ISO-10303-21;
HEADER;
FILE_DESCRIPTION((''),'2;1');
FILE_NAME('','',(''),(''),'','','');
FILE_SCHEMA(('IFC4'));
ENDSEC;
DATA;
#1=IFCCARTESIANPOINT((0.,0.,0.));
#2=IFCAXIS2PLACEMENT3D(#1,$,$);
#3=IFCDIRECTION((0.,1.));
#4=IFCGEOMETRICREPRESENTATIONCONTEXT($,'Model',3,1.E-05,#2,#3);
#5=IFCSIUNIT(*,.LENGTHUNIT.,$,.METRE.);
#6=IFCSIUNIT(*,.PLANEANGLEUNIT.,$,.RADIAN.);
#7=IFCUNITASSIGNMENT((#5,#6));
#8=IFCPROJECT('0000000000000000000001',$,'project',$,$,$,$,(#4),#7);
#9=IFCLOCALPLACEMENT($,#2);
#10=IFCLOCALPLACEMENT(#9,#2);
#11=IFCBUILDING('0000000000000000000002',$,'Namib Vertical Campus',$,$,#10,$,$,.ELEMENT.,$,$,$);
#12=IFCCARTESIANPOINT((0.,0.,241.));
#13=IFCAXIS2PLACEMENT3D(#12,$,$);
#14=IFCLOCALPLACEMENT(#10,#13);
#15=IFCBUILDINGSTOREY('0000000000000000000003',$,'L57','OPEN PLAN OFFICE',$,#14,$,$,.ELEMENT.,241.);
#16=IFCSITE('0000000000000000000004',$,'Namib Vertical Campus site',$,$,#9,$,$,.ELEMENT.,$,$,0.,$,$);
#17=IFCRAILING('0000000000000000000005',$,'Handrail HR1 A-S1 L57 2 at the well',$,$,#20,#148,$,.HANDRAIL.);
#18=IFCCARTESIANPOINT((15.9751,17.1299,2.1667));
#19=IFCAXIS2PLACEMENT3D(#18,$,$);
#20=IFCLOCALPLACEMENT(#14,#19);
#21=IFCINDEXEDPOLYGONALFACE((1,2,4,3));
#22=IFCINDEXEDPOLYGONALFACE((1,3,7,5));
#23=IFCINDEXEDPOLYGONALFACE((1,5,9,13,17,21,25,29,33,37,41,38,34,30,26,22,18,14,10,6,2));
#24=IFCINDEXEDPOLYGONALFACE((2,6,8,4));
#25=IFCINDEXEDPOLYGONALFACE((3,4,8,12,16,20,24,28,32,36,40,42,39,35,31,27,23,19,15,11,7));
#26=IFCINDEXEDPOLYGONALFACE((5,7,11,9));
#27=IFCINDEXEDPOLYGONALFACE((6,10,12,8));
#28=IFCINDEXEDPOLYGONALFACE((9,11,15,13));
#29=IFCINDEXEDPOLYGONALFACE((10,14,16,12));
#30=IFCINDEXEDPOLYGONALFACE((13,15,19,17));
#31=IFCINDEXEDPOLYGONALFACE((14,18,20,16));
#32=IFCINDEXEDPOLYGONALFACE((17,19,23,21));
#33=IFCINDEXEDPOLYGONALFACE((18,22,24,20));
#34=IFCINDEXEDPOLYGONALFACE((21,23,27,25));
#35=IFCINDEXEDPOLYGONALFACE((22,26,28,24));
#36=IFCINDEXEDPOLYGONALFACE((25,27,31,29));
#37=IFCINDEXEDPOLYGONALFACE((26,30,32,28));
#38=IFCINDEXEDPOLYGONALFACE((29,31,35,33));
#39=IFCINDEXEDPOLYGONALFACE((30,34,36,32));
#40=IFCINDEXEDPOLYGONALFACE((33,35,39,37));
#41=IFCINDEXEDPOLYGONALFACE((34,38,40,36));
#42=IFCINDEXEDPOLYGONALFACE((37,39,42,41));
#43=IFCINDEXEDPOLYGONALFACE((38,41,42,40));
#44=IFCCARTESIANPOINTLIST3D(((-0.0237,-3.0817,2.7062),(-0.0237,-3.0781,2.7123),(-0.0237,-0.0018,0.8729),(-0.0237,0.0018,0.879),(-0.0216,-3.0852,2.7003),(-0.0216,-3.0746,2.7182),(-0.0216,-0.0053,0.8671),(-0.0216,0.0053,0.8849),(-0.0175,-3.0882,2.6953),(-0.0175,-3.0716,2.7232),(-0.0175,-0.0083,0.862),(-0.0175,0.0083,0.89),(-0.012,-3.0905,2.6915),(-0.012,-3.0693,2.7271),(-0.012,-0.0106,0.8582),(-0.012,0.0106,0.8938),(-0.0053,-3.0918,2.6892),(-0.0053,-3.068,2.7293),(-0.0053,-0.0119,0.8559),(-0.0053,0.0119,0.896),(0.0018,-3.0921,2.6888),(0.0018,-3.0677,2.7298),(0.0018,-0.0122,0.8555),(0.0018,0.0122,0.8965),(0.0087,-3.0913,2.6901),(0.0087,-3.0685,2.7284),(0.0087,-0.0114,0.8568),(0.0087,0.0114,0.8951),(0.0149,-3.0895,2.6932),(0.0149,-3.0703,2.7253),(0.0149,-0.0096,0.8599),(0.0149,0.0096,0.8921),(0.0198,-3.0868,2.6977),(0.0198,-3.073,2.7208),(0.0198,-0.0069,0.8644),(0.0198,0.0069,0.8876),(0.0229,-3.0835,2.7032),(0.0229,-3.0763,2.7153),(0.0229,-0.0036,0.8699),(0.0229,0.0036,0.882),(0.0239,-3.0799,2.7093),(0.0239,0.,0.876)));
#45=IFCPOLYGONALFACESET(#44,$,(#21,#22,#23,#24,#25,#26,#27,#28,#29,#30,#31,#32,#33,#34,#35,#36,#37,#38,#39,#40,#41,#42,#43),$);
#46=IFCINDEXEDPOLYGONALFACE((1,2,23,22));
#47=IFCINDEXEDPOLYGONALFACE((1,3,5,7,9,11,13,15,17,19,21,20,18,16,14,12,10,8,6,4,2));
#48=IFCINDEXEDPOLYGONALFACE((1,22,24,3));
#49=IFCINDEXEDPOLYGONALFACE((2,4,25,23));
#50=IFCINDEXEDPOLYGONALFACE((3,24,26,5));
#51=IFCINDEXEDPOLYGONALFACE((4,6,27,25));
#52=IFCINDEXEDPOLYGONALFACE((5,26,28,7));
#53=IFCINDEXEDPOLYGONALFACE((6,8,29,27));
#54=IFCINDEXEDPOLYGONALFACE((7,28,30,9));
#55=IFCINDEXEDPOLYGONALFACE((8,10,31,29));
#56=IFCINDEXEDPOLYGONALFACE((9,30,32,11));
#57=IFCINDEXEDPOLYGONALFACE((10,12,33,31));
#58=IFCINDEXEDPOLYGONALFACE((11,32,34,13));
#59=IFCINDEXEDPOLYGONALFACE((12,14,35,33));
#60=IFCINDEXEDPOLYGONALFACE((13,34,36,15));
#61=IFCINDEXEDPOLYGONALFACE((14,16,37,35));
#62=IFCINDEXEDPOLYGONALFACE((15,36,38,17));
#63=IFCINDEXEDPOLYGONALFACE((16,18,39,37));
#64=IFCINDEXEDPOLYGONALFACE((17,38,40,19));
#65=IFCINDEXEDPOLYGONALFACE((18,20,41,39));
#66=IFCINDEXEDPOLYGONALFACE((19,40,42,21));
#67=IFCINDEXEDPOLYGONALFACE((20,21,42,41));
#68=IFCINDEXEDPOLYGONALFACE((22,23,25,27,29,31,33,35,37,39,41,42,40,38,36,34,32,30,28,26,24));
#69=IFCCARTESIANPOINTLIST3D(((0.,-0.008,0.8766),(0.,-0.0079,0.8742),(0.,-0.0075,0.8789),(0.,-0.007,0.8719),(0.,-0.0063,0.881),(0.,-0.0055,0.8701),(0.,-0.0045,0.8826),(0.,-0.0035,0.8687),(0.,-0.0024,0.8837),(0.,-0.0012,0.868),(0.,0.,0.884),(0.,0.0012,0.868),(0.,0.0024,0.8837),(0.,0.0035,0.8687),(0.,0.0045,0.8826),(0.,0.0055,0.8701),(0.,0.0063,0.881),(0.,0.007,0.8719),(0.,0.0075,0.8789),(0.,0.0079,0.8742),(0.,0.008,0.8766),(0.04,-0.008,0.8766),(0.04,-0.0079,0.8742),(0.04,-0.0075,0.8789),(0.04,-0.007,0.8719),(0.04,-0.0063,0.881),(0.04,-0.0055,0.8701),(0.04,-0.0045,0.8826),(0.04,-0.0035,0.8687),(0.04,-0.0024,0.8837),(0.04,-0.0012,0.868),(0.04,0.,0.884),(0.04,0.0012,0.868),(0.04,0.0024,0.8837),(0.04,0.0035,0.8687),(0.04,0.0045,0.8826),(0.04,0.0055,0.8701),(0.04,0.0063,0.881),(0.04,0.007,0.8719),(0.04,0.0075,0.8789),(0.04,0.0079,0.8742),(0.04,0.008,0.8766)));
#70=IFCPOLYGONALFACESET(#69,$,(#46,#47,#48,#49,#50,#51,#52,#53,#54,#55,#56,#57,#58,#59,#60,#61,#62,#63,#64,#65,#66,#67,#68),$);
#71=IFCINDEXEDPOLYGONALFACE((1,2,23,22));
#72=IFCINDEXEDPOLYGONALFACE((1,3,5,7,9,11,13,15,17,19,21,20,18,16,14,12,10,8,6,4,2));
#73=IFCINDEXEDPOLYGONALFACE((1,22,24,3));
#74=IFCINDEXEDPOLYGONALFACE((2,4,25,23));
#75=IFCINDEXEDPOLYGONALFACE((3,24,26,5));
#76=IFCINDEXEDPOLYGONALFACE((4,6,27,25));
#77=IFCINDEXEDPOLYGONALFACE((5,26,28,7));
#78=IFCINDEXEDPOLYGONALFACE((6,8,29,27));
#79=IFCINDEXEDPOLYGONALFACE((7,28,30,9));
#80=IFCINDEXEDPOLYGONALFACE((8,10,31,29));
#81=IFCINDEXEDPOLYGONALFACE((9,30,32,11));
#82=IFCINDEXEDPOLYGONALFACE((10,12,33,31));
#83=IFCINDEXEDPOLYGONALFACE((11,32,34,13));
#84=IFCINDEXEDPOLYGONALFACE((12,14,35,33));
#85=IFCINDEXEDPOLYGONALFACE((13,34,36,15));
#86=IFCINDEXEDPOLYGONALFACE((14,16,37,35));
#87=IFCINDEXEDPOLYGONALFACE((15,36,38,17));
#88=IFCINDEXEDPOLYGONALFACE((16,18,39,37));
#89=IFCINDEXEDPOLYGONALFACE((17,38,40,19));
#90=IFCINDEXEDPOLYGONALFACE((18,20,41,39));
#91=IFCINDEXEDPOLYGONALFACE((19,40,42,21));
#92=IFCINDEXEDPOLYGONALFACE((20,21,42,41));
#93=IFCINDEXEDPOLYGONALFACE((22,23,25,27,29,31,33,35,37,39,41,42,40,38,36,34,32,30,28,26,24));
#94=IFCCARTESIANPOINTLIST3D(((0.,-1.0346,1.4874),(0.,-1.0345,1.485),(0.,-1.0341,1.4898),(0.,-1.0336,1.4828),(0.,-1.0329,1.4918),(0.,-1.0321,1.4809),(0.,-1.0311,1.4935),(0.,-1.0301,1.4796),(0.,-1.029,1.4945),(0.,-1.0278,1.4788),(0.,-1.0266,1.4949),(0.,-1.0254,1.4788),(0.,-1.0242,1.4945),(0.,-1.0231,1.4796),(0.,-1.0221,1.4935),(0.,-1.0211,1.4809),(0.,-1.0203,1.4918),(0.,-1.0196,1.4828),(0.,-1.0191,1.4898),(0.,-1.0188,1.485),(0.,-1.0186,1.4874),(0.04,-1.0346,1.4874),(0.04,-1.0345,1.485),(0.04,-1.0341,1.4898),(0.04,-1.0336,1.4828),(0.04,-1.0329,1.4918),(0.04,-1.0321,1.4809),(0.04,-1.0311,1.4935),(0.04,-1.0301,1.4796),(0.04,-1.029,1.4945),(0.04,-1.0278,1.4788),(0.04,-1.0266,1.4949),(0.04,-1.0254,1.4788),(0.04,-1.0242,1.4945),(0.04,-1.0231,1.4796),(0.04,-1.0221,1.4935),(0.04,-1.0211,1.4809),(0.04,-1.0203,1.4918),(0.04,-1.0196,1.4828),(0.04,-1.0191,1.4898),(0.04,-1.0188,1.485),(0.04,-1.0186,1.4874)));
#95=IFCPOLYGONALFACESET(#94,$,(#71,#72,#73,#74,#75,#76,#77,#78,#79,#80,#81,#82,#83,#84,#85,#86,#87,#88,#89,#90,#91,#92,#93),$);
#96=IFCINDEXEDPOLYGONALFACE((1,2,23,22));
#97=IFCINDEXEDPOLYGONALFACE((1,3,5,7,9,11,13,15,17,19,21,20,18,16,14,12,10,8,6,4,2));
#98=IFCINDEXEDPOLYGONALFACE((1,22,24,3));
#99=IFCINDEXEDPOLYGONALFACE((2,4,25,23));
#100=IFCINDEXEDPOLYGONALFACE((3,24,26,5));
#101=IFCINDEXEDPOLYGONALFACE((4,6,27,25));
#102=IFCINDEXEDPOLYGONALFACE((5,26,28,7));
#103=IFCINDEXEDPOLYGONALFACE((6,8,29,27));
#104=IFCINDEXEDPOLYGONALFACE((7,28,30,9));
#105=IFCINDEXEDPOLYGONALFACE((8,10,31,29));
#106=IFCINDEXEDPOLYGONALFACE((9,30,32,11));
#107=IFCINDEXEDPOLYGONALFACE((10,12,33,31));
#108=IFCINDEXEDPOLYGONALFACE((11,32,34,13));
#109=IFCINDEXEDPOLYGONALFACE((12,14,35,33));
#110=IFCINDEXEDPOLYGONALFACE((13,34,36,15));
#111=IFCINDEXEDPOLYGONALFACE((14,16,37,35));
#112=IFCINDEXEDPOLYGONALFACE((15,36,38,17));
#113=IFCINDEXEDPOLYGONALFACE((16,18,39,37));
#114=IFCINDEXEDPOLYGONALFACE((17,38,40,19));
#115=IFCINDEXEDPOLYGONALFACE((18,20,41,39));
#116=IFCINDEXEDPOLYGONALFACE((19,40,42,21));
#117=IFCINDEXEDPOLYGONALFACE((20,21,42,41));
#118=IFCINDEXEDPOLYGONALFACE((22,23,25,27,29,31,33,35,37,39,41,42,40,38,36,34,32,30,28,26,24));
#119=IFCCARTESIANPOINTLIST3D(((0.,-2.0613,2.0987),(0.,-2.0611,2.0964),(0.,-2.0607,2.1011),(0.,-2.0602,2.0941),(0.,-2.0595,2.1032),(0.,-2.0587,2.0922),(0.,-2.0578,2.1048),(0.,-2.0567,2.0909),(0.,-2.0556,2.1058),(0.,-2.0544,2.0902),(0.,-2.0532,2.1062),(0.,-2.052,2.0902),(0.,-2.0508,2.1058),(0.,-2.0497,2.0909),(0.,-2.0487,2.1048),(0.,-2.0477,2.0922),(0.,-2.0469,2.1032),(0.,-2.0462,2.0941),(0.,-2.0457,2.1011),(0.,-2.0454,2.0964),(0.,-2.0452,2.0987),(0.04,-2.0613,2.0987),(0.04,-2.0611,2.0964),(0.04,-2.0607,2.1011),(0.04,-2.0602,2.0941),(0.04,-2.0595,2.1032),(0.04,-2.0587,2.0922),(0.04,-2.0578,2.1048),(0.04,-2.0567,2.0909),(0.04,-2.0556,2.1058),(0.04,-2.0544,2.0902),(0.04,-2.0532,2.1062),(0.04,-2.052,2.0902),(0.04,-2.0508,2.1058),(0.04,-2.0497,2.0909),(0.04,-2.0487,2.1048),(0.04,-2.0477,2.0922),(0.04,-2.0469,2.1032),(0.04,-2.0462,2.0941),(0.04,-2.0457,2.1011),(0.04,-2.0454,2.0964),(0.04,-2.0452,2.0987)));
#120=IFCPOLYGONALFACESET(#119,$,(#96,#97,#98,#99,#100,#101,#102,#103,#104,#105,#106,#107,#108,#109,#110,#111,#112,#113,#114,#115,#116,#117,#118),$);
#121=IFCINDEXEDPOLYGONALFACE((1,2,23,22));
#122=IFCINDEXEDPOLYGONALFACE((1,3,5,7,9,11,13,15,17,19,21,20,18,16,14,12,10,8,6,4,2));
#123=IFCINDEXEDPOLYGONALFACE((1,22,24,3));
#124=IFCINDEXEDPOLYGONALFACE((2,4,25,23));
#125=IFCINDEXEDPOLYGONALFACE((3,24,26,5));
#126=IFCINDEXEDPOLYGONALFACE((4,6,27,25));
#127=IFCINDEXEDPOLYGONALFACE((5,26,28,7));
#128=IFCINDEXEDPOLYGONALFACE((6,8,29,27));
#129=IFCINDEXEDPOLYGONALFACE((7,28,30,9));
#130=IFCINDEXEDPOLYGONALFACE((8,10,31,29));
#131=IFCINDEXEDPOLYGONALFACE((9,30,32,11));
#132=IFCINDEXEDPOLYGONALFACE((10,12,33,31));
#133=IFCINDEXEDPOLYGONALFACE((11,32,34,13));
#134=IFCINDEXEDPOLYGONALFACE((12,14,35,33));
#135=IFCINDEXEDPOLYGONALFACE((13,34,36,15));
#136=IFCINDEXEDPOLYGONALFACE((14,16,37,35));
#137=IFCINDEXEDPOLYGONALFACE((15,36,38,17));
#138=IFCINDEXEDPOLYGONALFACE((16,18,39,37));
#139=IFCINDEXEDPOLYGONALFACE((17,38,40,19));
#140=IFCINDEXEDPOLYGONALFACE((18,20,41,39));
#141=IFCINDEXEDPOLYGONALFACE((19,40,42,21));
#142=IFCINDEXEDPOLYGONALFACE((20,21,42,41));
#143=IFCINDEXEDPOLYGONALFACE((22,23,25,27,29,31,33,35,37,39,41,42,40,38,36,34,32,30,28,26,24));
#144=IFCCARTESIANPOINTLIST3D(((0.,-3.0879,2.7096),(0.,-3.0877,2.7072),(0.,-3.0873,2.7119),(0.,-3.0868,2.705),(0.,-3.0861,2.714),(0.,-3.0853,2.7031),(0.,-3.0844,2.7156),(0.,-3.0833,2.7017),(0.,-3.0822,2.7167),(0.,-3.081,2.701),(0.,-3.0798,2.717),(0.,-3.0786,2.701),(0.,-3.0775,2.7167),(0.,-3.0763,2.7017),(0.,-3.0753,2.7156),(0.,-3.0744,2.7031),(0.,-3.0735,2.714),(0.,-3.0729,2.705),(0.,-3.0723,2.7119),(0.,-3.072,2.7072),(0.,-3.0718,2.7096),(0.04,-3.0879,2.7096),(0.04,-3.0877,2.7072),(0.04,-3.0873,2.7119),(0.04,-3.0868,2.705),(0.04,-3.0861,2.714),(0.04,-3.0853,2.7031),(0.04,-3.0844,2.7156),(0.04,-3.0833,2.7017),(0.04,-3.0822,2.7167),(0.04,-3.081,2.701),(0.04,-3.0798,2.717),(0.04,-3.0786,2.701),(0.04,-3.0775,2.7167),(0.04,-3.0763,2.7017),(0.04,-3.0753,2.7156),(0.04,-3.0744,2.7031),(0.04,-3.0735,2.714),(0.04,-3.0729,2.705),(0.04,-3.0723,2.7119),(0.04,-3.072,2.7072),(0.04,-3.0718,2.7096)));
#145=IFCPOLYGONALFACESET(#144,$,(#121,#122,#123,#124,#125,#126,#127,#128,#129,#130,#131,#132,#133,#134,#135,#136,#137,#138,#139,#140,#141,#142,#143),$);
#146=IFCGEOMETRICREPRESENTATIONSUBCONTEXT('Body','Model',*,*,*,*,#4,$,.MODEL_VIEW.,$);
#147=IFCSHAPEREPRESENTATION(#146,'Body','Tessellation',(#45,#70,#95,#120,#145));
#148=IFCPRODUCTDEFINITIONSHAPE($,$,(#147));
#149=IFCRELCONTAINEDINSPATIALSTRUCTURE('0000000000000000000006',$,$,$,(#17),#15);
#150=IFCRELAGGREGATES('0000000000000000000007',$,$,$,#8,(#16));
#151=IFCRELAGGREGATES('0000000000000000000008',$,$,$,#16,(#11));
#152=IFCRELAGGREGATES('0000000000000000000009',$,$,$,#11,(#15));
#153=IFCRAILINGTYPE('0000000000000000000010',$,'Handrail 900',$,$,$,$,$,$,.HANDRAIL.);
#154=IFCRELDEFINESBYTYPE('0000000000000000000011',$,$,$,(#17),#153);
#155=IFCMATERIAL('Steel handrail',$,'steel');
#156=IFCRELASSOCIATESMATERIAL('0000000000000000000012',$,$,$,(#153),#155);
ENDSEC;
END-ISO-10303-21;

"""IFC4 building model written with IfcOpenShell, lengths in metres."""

from ifc_helpers import new_model, si_unit, direction, frame, origin, origin_2d, place, context, subcontext, project, spatial, circle, extrude, material, type_object, element, save


model = new_model("IFC4")

# Units and contexts
model_context = context("Model", 3, precision=1e-05, world=origin(), true_north=direction((0.0, 1.0)))
body_context = subcontext(model_context, "Body", "Model", "MODEL_VIEW")
ifc_project = project(units=[si_unit("LENGTHUNIT", "METRE"), si_unit("PLANEANGLEUNIT", "RADIAN")], contexts=[model_context])

# Site, building, storey
site_placement = place(None, origin())
site = spatial("IfcSite", under=ifc_project, at=site_placement, Name="Namib Vertical Campus site", CompositionType="ELEMENT", RefElevation=0.0)
building_placement = place(site_placement, origin())
building = spatial("IfcBuilding", under=site, at=building_placement, Name="Namib Vertical Campus", CompositionType="ELEMENT")
storey_placement = place(building_placement, frame((0.0, 0.0, 241.0)))
storey = spatial("IfcBuildingStorey", under=building, at=storey_placement, Name="L57", Description="OPEN PLAN OFFICE", CompositionType="ELEMENT", Elevation=241.0)

# Railing
ifc_material_1 = material(Name="Steel handrail", Category="steel")
railing_type_1 = type_object("IfcRailingType", Name="Handrail 900", PredefinedType="HANDRAIL", material=ifc_material_1)
railing_1_placement = place(storey_placement, frame((15.9751, 17.1299, 2.1667)))
element("IfcRailing", 1, at=railing_1_placement, inside=storey, type_object=railing_type_1, Name="Handrail HR1 A-S1 L57 2 at the well", PredefinedType="HANDRAIL", context=body_context, shape_type="SweptSolid", body=[
    extrude(circle(Radius=0.0239, at=origin_2d()), frame((0.0, 0.0, 0.876), z_axis=(0.0, -0.859291, 0.511487), x_axis=(1.0, 0.0, 0.0)), (0.0, 0.0, 1.0), 3.5842),
    extrude(circle(Radius=0.0081, at=origin_2d()), frame((0.0, 0.0, 0.876), z_axis=(1.0, 0.0, 0.0), x_axis=(0.0, 0.0, 1.0)), (0.0, 0.0, 1.0), 0.04),
    extrude(circle(Radius=0.0081, at=origin_2d()), frame((0.0, -1.0266, 1.4868), z_axis=(1.0, 0.0, 0.0), x_axis=(0.0, 0.0, 1.0)), (0.0, 0.0, 1.0), 0.04),
    extrude(circle(Radius=0.0081, at=origin_2d()), frame((0.0, -2.0532, 2.0981), z_axis=(1.0, 0.0, 0.0), x_axis=(0.0, 0.0, 1.0)), (0.0, 0.0, 1.0), 0.04),
    extrude(circle(Radius=0.0081, at=origin_2d()), frame((0.0, -3.0798, 2.709), z_axis=(1.0, 0.0, 0.0), x_axis=(0.0, 0.0, 1.0)), (0.0, 0.0, 1.0), 0.04),
])

save(model, "model.ifc")
